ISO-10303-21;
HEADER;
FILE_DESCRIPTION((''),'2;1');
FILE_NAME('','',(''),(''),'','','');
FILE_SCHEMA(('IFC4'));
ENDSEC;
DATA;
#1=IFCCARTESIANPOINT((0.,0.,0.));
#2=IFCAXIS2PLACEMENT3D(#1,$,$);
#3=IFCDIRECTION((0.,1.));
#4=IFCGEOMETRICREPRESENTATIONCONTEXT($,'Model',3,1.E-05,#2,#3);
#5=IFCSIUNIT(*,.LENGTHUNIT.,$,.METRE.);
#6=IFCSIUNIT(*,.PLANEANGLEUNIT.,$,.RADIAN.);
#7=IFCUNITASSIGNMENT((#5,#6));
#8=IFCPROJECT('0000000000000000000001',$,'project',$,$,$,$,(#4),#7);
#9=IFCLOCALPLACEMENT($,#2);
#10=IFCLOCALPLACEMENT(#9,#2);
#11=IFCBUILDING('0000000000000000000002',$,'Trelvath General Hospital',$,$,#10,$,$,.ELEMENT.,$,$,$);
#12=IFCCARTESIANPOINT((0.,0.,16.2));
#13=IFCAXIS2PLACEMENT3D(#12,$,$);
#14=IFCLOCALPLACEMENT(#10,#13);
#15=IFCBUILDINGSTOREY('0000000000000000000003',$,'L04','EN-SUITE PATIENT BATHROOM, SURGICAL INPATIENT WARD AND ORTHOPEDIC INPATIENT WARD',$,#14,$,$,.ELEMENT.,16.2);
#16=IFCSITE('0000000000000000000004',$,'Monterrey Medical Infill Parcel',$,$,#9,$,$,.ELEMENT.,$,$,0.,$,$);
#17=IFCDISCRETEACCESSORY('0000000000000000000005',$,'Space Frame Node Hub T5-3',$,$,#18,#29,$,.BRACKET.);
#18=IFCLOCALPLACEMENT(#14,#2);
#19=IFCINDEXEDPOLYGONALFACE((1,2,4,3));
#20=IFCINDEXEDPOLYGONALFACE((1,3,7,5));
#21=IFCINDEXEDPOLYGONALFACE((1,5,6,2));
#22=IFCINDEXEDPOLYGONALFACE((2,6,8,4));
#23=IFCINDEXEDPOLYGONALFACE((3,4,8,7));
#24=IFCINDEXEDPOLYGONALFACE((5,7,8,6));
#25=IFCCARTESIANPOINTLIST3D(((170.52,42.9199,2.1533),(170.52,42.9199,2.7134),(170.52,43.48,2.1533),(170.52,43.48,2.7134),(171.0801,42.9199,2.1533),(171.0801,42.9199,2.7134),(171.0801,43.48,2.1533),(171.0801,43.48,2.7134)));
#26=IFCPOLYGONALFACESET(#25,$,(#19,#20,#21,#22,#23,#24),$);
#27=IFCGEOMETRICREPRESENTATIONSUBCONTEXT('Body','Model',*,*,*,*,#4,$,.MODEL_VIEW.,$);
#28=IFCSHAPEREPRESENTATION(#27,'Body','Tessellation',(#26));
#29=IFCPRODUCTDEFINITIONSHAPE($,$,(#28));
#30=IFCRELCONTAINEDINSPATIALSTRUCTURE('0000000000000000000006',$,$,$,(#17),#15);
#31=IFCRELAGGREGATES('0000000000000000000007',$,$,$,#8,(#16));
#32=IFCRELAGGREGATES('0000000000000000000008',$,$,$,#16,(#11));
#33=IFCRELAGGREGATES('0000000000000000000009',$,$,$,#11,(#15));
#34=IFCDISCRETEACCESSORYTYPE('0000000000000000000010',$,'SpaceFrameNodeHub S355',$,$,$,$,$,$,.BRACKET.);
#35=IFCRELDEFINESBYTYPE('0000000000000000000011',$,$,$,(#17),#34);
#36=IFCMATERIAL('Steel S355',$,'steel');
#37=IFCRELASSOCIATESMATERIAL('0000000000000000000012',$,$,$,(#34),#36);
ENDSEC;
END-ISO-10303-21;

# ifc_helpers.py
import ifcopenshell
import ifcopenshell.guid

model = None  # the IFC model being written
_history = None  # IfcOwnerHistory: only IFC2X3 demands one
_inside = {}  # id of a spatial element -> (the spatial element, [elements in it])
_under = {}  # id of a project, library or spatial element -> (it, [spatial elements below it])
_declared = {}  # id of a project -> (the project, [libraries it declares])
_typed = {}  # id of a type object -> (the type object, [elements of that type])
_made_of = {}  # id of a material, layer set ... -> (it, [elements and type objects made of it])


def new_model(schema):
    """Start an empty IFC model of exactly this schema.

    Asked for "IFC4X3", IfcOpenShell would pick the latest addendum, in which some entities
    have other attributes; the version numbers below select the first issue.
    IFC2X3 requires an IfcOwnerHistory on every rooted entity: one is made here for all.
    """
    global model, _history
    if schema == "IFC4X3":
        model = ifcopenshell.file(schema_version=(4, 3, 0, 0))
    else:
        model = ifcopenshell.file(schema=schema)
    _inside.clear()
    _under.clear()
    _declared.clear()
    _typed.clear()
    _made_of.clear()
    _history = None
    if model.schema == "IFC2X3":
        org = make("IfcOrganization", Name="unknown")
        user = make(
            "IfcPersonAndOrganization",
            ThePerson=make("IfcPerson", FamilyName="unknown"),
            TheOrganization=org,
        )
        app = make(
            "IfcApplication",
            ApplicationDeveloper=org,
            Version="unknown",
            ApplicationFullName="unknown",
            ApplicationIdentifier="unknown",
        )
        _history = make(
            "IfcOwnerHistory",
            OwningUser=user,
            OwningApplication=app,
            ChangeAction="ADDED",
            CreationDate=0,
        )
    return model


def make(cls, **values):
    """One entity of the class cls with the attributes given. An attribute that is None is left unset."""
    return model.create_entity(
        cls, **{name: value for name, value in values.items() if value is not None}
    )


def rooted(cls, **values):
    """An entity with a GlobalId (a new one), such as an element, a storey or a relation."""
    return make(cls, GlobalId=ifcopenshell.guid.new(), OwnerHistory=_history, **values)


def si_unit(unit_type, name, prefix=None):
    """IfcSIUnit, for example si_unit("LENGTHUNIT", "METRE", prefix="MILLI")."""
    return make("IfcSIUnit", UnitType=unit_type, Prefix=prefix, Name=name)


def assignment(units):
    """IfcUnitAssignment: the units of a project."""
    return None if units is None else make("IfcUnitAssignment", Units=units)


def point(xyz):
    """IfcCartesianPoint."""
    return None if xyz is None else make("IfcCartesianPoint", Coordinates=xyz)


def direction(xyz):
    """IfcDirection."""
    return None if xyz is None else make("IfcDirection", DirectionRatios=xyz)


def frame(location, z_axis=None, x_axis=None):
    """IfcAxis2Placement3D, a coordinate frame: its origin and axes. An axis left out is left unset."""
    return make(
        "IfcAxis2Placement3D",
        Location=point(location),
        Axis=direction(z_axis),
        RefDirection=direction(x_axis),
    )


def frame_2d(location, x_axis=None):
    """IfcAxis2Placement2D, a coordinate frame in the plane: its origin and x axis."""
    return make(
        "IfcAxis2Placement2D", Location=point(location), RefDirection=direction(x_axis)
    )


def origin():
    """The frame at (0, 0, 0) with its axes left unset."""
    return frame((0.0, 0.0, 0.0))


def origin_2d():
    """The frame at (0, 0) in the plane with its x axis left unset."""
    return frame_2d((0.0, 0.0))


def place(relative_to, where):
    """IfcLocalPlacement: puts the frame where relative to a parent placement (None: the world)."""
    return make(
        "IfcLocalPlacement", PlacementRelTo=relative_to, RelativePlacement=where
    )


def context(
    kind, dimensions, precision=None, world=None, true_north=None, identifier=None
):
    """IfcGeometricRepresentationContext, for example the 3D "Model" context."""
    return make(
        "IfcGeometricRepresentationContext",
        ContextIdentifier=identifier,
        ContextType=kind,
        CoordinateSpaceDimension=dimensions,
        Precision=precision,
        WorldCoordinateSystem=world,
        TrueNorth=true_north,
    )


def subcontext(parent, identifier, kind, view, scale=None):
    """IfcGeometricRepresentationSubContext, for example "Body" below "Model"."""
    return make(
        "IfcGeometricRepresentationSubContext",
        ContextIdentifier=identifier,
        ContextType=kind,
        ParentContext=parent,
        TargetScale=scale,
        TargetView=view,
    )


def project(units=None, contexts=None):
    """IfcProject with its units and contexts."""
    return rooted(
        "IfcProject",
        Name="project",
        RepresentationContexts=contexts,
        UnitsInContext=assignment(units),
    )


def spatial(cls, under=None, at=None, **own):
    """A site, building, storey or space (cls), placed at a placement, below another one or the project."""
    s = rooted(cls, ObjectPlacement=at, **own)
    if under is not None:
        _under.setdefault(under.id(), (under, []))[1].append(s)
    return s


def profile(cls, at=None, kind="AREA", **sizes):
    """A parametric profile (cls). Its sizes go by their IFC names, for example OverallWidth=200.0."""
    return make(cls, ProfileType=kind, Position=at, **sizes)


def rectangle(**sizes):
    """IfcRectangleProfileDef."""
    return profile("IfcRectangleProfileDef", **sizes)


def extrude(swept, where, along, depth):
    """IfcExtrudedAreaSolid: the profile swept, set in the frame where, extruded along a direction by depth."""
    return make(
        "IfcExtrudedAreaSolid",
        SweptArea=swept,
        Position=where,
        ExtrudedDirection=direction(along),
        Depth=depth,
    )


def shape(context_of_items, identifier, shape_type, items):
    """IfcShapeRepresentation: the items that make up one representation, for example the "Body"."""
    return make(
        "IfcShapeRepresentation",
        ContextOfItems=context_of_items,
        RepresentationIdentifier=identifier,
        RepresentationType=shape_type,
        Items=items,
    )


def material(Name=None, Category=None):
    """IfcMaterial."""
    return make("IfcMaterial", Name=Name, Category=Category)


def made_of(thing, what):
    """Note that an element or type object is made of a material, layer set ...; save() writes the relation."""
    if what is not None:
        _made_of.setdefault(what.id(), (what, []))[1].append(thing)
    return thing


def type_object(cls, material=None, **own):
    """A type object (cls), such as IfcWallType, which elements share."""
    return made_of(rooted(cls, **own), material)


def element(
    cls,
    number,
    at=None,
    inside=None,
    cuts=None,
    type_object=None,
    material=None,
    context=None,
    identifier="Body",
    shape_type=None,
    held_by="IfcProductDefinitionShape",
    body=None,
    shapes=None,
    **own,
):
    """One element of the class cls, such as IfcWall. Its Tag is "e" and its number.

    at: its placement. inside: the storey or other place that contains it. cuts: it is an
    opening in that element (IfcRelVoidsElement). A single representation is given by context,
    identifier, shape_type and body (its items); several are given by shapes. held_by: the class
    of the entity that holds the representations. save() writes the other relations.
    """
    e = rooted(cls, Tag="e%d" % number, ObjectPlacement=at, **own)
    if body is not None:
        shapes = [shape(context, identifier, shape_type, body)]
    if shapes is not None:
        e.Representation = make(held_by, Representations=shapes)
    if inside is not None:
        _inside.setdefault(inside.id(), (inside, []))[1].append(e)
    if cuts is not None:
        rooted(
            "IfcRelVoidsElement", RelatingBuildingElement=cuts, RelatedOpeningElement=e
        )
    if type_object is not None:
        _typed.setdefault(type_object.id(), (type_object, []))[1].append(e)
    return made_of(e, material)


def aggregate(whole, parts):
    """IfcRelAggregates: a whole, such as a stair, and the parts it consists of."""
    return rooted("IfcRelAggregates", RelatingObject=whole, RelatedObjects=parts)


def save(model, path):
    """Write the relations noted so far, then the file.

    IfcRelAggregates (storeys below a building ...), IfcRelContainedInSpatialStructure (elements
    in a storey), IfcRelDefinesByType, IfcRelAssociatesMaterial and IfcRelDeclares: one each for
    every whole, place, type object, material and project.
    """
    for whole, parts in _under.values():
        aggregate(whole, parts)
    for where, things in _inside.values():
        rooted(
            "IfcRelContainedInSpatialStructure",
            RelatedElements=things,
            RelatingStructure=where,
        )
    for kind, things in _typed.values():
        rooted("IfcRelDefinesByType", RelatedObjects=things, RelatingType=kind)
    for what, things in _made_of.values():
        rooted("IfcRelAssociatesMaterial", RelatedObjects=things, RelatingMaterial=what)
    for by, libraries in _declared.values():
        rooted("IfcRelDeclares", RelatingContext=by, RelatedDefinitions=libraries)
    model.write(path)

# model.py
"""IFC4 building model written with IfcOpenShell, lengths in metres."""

from ifc_helpers import new_model, si_unit, direction, frame, origin, origin_2d, place, context, subcontext, project, spatial, rectangle, extrude, material, type_object, element, save


model = new_model("IFC4")

# Units and contexts
model_context = context("Model", 3, precision=1e-05, world=origin(), true_north=direction((0.0, 1.0)))
body_context = subcontext(model_context, "Body", "Model", "MODEL_VIEW")
ifc_project = project(units=[si_unit("LENGTHUNIT", "METRE"), si_unit("PLANEANGLEUNIT", "RADIAN")], contexts=[model_context])

# Site, building, storey
site_placement = place(None, origin())
site = spatial("IfcSite", under=ifc_project, at=site_placement, Name="Monterrey Medical Infill Parcel", CompositionType="ELEMENT", RefElevation=0.0)
building_placement = place(site_placement, origin())
building = spatial("IfcBuilding", under=site, at=building_placement, Name="Trelvath General Hospital", CompositionType="ELEMENT")
storey_placement = place(building_placement, frame((0.0, 0.0, 16.2)))
storey = spatial("IfcBuildingStorey", under=building, at=storey_placement, Name="L04", Description="EN-SUITE PATIENT BATHROOM, SURGICAL INPATIENT WARD AND ORTHOPEDIC INPATIENT WARD", CompositionType="ELEMENT", Elevation=16.2)

# Discrete accessory
ifc_material_1 = material(Name="Steel S355", Category="steel")
discrete_accessory_type = type_object("IfcDiscreteAccessoryType", Name="SpaceFrameNodeHub S355", PredefinedType="BRACKET", material=ifc_material_1)
for number, where, z_axis, x_axis, name in (
    (1, (170.8, 43.2, 2.1533), (0.0, 0.0, 1.0), (1.0, 0.0, 0.0), "Space Frame Node Hub T5-3"),
):
    element("IfcDiscreteAccessory", number, at=place(storey_placement, frame(where, z_axis=z_axis, x_axis=x_axis)), inside=storey, type_object=discrete_accessory_type, Name=name, PredefinedType="BRACKET", context=body_context, shape_type="SweptSolid", body=[
        extrude(rectangle(XDim=0.5601, YDim=0.5601, at=origin_2d()), origin(), (0.0, 0.0, 1.0), 0.5601),
    ])

save(model, "model.ifc")
